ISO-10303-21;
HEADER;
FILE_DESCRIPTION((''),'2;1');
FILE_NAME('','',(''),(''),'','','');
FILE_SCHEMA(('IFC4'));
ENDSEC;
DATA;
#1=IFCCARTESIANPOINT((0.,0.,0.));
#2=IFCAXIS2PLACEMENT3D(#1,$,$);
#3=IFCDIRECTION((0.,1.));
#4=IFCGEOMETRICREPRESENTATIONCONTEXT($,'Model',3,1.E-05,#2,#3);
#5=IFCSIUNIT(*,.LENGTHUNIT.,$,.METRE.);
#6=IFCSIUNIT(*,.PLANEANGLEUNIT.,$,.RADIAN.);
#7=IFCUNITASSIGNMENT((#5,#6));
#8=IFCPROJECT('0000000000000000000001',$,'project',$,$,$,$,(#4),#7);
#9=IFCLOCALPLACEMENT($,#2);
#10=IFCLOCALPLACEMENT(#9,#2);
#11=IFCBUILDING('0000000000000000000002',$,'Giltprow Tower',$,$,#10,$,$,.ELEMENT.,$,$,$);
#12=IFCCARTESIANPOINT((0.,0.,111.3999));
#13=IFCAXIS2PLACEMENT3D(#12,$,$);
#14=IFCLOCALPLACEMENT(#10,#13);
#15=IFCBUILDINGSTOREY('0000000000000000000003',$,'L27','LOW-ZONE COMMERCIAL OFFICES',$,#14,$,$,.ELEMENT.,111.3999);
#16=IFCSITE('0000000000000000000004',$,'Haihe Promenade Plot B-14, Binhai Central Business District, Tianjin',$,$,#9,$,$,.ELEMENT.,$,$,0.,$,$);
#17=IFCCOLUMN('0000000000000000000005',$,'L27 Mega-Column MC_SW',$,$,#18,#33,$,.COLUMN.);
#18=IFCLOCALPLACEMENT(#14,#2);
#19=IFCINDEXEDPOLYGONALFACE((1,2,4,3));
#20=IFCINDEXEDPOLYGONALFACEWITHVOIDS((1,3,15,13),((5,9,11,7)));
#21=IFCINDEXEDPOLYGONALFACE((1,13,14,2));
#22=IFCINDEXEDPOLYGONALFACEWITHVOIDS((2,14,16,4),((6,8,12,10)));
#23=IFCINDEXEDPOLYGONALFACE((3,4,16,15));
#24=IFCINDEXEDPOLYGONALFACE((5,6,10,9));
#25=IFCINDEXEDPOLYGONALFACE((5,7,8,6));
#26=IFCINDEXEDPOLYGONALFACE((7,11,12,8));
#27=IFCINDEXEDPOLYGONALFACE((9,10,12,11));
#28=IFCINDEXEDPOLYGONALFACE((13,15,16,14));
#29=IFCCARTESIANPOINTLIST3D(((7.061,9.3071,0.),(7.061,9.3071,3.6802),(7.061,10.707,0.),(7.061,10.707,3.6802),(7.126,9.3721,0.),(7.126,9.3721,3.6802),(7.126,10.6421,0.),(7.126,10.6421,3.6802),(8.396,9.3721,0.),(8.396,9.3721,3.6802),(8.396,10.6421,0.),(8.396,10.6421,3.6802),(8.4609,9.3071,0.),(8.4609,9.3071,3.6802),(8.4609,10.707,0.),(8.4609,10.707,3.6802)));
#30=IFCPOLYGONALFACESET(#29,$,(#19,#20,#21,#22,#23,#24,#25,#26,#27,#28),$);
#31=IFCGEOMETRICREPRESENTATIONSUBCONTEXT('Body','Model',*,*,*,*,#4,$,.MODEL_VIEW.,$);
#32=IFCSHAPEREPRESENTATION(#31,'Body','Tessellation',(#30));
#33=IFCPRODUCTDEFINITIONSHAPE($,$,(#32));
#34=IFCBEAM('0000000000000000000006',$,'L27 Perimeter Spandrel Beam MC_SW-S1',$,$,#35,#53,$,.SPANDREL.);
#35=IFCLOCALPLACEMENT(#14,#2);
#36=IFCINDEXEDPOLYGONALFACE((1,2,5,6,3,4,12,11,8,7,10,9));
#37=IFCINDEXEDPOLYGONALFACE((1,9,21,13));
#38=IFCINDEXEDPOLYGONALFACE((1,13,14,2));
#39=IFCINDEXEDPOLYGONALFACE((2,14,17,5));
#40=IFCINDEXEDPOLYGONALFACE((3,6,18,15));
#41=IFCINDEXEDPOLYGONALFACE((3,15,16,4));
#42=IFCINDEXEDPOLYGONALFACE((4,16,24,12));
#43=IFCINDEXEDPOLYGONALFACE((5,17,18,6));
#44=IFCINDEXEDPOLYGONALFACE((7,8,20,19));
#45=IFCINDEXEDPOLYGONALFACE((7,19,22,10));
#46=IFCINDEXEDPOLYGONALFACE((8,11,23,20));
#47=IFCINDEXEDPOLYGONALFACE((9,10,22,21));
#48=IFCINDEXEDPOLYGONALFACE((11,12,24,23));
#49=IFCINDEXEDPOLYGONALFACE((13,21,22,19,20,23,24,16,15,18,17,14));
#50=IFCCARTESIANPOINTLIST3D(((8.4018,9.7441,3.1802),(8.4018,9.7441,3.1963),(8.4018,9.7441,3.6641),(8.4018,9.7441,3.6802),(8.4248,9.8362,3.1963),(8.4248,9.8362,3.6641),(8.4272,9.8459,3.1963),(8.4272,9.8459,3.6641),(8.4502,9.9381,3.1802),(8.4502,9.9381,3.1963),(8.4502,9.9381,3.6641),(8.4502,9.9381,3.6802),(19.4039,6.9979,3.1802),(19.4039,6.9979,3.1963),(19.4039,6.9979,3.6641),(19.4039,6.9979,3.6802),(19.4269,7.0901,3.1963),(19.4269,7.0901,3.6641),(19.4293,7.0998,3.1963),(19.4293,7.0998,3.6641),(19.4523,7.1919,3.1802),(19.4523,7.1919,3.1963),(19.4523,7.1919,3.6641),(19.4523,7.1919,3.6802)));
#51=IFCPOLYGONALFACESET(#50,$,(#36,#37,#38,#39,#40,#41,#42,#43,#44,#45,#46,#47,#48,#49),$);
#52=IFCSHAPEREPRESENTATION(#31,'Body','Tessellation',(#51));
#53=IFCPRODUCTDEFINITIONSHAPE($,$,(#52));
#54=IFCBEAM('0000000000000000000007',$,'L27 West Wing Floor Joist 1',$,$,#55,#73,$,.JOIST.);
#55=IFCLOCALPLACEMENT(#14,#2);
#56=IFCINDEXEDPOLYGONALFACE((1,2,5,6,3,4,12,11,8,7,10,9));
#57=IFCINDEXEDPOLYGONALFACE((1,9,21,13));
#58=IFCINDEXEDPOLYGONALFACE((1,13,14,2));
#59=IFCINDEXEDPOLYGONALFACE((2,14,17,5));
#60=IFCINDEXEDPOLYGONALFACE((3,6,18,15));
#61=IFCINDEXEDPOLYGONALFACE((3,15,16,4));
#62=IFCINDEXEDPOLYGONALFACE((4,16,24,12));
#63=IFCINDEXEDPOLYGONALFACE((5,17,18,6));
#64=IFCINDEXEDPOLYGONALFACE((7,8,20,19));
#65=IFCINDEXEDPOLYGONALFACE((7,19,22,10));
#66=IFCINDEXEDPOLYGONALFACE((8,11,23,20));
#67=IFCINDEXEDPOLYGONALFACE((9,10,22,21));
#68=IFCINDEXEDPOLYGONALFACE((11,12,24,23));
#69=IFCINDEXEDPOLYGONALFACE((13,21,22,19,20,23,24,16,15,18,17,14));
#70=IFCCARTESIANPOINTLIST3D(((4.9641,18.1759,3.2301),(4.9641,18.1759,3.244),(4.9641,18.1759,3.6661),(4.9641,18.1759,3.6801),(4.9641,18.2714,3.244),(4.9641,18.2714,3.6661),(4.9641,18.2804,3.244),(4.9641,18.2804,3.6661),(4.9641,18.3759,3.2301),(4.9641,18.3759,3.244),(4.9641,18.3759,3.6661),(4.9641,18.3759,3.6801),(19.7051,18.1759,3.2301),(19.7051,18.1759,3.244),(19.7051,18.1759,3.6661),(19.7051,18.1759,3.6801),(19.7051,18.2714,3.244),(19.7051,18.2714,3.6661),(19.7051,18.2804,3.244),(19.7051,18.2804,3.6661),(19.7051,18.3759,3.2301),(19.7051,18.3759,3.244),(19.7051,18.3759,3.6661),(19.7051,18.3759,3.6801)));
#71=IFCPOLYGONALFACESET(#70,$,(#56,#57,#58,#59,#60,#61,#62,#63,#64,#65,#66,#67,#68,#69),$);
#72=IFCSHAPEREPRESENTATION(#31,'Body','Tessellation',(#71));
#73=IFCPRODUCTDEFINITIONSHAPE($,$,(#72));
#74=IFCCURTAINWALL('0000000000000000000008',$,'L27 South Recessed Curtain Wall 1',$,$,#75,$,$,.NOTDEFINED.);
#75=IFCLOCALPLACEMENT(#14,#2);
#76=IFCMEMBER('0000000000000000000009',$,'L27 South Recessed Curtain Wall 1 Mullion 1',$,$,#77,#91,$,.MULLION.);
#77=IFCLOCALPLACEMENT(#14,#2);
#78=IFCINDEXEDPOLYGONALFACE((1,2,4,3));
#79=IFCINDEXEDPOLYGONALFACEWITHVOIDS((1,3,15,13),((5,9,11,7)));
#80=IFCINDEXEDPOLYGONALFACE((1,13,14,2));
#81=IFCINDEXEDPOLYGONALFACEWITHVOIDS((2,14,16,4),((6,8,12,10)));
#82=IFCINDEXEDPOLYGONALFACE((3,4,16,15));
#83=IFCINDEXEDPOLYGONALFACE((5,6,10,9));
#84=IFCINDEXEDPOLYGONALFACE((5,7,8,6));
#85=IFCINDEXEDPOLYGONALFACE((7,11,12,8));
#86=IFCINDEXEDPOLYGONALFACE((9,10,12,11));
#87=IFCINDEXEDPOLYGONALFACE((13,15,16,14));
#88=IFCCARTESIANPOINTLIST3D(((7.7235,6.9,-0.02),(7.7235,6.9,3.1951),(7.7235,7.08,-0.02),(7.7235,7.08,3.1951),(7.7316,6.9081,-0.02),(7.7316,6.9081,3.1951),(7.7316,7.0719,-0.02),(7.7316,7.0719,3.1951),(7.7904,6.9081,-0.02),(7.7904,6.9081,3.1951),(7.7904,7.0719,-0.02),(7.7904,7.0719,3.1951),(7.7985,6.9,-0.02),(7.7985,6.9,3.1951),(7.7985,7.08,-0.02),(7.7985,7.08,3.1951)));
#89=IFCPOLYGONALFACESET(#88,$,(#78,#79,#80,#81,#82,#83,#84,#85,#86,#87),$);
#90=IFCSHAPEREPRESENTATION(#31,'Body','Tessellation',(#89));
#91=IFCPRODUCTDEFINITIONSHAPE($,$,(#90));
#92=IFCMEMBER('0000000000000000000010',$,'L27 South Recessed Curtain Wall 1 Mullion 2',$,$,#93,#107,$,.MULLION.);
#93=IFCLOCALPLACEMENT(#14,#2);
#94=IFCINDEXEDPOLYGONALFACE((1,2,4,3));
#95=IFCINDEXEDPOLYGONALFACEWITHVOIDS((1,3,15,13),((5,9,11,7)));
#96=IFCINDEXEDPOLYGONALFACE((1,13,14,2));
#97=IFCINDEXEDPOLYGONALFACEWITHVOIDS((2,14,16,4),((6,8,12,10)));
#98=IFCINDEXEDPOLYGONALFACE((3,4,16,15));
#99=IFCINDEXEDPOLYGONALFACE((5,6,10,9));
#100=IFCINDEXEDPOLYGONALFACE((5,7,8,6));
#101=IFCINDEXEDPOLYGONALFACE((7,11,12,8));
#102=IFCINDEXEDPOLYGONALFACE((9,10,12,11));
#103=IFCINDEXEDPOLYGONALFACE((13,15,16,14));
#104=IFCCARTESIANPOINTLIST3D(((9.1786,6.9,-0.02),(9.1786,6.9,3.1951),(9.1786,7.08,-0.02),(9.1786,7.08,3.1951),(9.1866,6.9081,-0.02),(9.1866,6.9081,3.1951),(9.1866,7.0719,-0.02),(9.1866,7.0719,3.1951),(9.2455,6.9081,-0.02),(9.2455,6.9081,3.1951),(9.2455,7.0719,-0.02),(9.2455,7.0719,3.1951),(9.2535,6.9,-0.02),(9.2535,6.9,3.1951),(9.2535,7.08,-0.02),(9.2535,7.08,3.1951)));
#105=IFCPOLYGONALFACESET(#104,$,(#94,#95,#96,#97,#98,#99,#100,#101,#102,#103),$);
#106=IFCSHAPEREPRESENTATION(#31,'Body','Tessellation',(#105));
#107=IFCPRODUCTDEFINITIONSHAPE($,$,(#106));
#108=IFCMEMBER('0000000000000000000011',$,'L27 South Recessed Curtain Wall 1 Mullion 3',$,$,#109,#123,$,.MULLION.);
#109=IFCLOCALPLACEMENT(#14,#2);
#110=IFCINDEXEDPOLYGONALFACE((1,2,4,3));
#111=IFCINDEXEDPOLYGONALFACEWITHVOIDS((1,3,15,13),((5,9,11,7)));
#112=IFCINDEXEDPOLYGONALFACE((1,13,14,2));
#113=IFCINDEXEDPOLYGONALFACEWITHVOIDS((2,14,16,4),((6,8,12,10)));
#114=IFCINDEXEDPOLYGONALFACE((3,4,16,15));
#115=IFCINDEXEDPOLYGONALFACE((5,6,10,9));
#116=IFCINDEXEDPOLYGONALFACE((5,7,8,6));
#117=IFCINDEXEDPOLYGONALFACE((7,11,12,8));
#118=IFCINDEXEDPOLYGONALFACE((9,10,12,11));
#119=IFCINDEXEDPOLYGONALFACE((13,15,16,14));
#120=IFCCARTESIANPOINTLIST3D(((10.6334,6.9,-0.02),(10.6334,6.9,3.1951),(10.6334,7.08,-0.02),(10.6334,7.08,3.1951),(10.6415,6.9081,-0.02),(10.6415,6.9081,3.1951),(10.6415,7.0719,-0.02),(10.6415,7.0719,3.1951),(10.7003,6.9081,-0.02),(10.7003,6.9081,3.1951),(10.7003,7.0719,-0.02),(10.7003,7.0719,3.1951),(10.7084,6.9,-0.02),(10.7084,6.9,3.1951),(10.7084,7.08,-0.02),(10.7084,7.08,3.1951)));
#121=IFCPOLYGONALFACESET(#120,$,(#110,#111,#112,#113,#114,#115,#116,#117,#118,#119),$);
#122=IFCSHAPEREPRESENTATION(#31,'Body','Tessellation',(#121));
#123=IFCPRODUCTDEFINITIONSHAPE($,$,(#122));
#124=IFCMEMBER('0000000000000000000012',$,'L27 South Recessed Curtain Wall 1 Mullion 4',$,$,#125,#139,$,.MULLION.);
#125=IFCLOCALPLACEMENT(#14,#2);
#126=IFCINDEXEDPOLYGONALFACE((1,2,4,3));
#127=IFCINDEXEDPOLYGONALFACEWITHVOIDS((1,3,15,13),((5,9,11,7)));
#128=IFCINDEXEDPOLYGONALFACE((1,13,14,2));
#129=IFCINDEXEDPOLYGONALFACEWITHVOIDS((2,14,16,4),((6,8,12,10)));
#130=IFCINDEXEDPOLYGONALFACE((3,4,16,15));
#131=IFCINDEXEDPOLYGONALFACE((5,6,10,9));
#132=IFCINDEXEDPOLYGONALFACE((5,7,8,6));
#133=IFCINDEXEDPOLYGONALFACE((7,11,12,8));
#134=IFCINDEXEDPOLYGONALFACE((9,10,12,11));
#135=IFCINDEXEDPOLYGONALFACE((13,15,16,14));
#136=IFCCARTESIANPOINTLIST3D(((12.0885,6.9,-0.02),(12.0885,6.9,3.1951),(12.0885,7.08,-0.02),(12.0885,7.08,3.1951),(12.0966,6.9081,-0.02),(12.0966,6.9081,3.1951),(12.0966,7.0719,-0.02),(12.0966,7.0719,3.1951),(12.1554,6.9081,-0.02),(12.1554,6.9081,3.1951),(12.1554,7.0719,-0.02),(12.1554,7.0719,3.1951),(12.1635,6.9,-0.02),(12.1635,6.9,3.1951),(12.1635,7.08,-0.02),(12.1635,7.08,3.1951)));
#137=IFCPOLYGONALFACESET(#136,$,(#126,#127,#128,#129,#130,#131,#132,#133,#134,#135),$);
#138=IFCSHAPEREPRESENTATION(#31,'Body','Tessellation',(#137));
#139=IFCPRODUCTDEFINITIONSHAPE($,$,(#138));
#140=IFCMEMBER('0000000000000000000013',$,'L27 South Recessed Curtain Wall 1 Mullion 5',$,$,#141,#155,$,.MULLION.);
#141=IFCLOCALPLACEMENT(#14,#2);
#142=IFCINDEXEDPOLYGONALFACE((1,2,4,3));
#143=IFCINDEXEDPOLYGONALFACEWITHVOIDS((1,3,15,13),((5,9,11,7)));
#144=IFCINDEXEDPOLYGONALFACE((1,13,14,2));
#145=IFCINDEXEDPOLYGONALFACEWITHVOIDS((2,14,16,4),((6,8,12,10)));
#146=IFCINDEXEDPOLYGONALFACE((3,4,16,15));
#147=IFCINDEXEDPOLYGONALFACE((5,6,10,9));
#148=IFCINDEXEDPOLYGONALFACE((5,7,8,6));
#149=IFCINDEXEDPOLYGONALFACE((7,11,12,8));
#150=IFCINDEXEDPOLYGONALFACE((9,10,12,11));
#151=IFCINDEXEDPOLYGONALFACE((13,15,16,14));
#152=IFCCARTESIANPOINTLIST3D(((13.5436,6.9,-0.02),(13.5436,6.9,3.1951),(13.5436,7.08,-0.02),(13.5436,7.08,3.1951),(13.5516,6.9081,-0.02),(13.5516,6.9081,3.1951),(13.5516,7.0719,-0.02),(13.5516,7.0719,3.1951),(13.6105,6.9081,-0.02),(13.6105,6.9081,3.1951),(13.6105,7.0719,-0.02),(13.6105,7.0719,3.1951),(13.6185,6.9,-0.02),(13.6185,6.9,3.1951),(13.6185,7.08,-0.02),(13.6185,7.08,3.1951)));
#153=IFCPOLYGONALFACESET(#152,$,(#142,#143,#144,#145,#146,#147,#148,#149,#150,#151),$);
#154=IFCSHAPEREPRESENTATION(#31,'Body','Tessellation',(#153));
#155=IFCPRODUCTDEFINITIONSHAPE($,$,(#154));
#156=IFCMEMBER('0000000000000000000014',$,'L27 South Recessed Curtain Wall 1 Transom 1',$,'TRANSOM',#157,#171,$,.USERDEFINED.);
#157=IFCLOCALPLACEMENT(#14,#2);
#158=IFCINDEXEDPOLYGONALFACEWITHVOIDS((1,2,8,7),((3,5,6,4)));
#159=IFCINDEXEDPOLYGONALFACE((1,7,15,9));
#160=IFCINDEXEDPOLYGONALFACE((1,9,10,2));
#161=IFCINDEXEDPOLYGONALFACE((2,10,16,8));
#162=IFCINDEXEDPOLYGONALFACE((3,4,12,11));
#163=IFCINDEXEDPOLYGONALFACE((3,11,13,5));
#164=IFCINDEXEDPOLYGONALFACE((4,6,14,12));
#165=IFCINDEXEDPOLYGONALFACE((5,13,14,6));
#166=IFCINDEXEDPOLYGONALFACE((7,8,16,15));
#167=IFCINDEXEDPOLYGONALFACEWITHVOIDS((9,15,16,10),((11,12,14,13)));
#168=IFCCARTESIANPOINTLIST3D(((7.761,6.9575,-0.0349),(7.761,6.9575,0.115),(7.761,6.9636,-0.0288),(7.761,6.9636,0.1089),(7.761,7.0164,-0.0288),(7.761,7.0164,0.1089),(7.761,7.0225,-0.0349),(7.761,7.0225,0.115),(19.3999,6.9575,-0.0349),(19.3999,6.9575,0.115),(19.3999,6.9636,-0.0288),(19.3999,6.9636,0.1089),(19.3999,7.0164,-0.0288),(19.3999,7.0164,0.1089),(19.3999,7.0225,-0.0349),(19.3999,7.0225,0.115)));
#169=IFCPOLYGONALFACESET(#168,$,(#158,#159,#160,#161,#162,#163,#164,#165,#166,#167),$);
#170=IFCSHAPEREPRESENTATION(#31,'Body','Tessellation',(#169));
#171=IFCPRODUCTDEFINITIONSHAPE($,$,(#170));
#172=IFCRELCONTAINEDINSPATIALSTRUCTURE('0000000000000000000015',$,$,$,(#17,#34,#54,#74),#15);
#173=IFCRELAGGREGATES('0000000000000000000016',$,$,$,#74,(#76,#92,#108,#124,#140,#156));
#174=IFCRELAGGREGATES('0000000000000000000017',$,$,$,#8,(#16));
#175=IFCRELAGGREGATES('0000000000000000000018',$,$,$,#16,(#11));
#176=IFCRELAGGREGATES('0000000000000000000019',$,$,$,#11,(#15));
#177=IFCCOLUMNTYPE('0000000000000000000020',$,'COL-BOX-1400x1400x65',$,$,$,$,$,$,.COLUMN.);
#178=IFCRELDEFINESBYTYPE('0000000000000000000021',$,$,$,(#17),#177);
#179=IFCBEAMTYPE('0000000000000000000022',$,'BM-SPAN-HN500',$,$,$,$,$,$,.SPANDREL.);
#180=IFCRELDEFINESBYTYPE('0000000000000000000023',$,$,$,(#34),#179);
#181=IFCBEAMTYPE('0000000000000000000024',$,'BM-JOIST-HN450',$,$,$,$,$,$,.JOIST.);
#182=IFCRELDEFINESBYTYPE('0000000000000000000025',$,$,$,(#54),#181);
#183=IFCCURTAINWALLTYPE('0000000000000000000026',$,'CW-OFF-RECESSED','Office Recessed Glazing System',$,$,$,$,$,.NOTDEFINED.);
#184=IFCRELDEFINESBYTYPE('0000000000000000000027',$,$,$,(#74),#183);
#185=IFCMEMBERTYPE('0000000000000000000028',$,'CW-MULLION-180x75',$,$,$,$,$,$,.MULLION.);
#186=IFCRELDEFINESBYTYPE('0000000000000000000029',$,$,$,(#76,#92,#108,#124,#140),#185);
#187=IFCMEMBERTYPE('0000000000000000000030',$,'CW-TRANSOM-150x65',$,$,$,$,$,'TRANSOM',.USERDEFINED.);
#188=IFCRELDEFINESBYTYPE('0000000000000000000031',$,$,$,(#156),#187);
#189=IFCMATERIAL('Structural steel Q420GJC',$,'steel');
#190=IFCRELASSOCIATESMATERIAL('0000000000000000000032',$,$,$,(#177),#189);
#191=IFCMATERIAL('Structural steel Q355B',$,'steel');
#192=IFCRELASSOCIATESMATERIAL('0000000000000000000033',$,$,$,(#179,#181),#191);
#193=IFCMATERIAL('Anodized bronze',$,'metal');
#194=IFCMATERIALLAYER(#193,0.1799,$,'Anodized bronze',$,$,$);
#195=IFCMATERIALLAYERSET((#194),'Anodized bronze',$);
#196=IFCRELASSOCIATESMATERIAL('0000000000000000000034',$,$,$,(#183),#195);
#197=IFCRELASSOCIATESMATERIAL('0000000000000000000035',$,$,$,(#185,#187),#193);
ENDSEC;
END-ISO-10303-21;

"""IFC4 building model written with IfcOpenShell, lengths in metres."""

from ifc_helpers import new_model, si_unit, direction, frame, origin, origin_2d, place, context, subcontext, project, spatial, hollow_rectangle, i_section, extrude, source, transform, mapped, material, layer, layer_set, material_profile, profile_set, type_object, element, aggregate, save


model = new_model("IFC4")

# Units and contexts
model_context = context("Model", 3, precision=1e-05, world=origin(), true_north=direction((0.0, 1.0)))
body_context = subcontext(model_context, "Body", "Model", "MODEL_VIEW")
ifc_project = project(units=[si_unit("LENGTHUNIT", "METRE"), si_unit("PLANEANGLEUNIT", "RADIAN")], contexts=[model_context])

# Site, building, storey
site_placement = place(None, origin())
site = spatial("IfcSite", under=ifc_project, at=site_placement, Name="Haihe Promenade Plot B-14, Binhai Central Business District, Tianjin", CompositionType="ELEMENT", RefElevation=0.0)
building_placement = place(site_placement, origin())
building = spatial("IfcBuilding", under=site, at=building_placement, Name="Giltprow Tower", CompositionType="ELEMENT")
storey_placement = place(building_placement, frame((0.0, 0.0, 111.3999)))
storey = spatial("IfcBuildingStorey", under=building, at=storey_placement, Name="L27", Description="LOW-ZONE COMMERCIAL OFFICES", CompositionType="ELEMENT", Elevation=111.3999)

# Column
ifc_material_1 = material(Name="Structural steel Q420GJC", Category="steel")
ifc_material_profile_1 = material_profile(ifc_material_1, hollow_rectangle(XDim=1.3999, YDim=1.3999, WallThickness=0.0649, at=origin_2d()), Name="BOX 1400x1400x65")
ifc_profile_set_1 = profile_set([ifc_material_profile_1], Name="Structural steel Q420GJC")
column_type = type_object("IfcColumnType", Name="COL-BOX-1400x1400x65", PredefinedType="COLUMN", material=ifc_profile_set_1)
shared_shape_1 = source(origin(), body_context, "Body", "SweptSolid", [
    extrude(hollow_rectangle(XDim=1.3999, YDim=1.3999, WallThickness=0.0649, at=origin_2d()), origin(), (0.0, 0.0, 1.0), 3.6802),
])
column_placement = place(storey_placement, frame((7.761, 10.0071, 0.0), z_axis=(0.0, 0.0, 1.0), x_axis=(1.0, 0.0, 0.0)))
element("IfcColumn", 1, at=column_placement, inside=storey, type_object=column_type, Name="L27 Mega-Column MC_SW", PredefinedType="COLUMN", context=body_context, shape_type="MappedRepresentation", body=[
    mapped(shared_shape_1, transform((0.0, 0.0, 0.0), x_axis=(1.0, 0.0, 0.0), y_axis=(0.0, 1.0, 0.0), z_axis=(0.0, 0.0, 1.0), scale=1.0)),
])

# Beams
ifc_material_2 = material(Name="Structural steel Q355B", Category="steel")
ifc_material_profile_2 = material_profile(ifc_material_2, i_section(OverallWidth=0.2, OverallDepth=0.5, WebThickness=0.01, FlangeThickness=0.0161, at=origin_2d()), Name="HN 500x200x10x16")
ifc_profile_set_2 = profile_set([ifc_material_profile_2], Name="Structural steel Q355B")
beam_type_1 = type_object("IfcBeamType", Name="BM-SPAN-HN500", PredefinedType="SPANDREL", material=ifc_profile_set_2)
shared_shape_2 = source(origin(), body_context, "Body", "SweptSolid", [
    extrude(i_section(OverallWidth=0.2, OverallDepth=0.5, WebThickness=0.01, FlangeThickness=0.0161, at=origin_2d()), origin(), (0.0, 0.0, 1.0), 11.3396),
])
beam_1_placement = place(storey_placement, frame((8.426, 9.8411, 3.4302), z_axis=(0.970234, -0.242171, 0.0), x_axis=(0.242171, 0.970234, 0.0)))
element("IfcBeam", 2, at=beam_1_placement, inside=storey, type_object=beam_type_1, Name="L27 Perimeter Spandrel Beam MC_SW-S1", PredefinedType="SPANDREL", context=body_context, shape_type="MappedRepresentation", body=[
    mapped(shared_shape_2, transform((0.0, 0.0, 0.0), x_axis=(1.0, 0.0, 0.0), y_axis=(0.0, 1.0, 0.0), z_axis=(0.0, 0.0, 1.0), scale=1.0)),
])
ifc_material_profile_3 = material_profile(ifc_material_2, i_section(OverallWidth=0.2, OverallDepth=0.45, WebThickness=0.009, FlangeThickness=0.0139, at=origin_2d()), Name="HN 450x200x9x14")
ifc_profile_set_3 = profile_set([ifc_material_profile_3], Name="Structural steel Q355B")
beam_type_2 = type_object("IfcBeamType", Name="BM-JOIST-HN450", PredefinedType="JOIST", material=ifc_profile_set_3)
shared_shape_3 = source(origin(), body_context, "Body", "SweptSolid", [
    extrude(i_section(OverallWidth=0.2, OverallDepth=0.45, WebThickness=0.009, FlangeThickness=0.0139, at=origin_2d()), origin(), (0.0, 0.0, 1.0), 14.741),
])
beam_2_placement = place(storey_placement, frame((4.9641, 18.2759, 3.4551), z_axis=(1.0, 0.0, 0.0), x_axis=(0.0, 1.0, 0.0)))
element("IfcBeam", 3, at=beam_2_placement, inside=storey, type_object=beam_type_2, Name="L27 West Wing Floor Joist 1", PredefinedType="JOIST", context=body_context, shape_type="MappedRepresentation", body=[
    mapped(shared_shape_3, transform((0.0, 0.0, 0.0), x_axis=(1.0, 0.0, 0.0), y_axis=(0.0, 1.0, 0.0), z_axis=(0.0, 0.0, 1.0), scale=1.0)),
])

# Curtain wall, members
ifc_material_3 = material(Name="Anodized bronze", Category="metal")
ifc_layer_1 = layer(ifc_material_3, 0.1799, Name="Anodized bronze")
ifc_layer_set_1 = layer_set([ifc_layer_1], Name="Anodized bronze")
curtain_wall_type = type_object("IfcCurtainWallType", Name="CW-OFF-RECESSED", Description="Office Recessed Glazing System", PredefinedType="NOTDEFINED", material=ifc_layer_set_1)
curtain_wall_placement = place(storey_placement, origin())
curtain_wall = element("IfcCurtainWall", 4, at=curtain_wall_placement, inside=storey, type_object=curtain_wall_type, Name="L27 South Recessed Curtain Wall 1", PredefinedType="NOTDEFINED")
ifc_material_profile_4 = material_profile(ifc_material_3, hollow_rectangle(XDim=0.075, YDim=0.1799, WallThickness=0.0081, at=origin_2d()), Name="RHS 180x75x8")
ifc_profile_set_4 = profile_set([ifc_material_profile_4], Name="Anodized bronze")
member_type_1 = type_object("IfcMemberType", Name="CW-MULLION-180x75", PredefinedType="MULLION", material=ifc_profile_set_4)
shared_shape_4 = source(origin(), body_context, "Body", "SweptSolid", [
    extrude(hollow_rectangle(XDim=0.075, YDim=0.1799, WallThickness=0.0081, at=origin_2d()), origin(), (0.0, 0.0, 1.0), 3.2151),
])
member_1_placement = place(storey_placement, frame((7.761, 6.99, -0.02), z_axis=(0.0, 0.0, 1.0), x_axis=(1.0, 0.0, 0.0)))
member_1 = element("IfcMember", 5, at=member_1_placement, type_object=member_type_1, Name="L27 South Recessed Curtain Wall 1 Mullion 1", PredefinedType="MULLION", context=body_context, shape_type="MappedRepresentation", body=[
    mapped(shared_shape_4, transform((0.0, 0.0, 0.0), x_axis=(1.0, 0.0, 0.0), y_axis=(0.0, 1.0, 0.0), z_axis=(0.0, 0.0, 1.0), scale=1.0)),
])
member_2_placement = place(storey_placement, frame((9.2161, 6.99, -0.02), z_axis=(0.0, 0.0, 1.0), x_axis=(1.0, 0.0, 0.0)))
member_2 = element("IfcMember", 6, at=member_2_placement, type_object=member_type_1, Name="L27 South Recessed Curtain Wall 1 Mullion 2", PredefinedType="MULLION", context=body_context, shape_type="MappedRepresentation", body=[
    mapped(shared_shape_4, transform((0.0, 0.0, 0.0), x_axis=(1.0, 0.0, 0.0), y_axis=(0.0, 1.0, 0.0), z_axis=(0.0, 0.0, 1.0), scale=1.0)),
])
member_3_placement = place(storey_placement, frame((10.6709, 6.99, -0.02), z_axis=(0.0, 0.0, 1.0), x_axis=(1.0, 0.0, 0.0)))
member_3 = element("IfcMember", 7, at=member_3_placement, type_object=member_type_1, Name="L27 South Recessed Curtain Wall 1 Mullion 3", PredefinedType="MULLION", context=body_context, shape_type="MappedRepresentation", body=[
    mapped(shared_shape_4, transform((0.0, 0.0, 0.0), x_axis=(1.0, 0.0, 0.0), y_axis=(0.0, 1.0, 0.0), z_axis=(0.0, 0.0, 1.0), scale=1.0)),
])
member_4_placement = place(storey_placement, frame((12.126, 6.99, -0.02), z_axis=(0.0, 0.0, 1.0), x_axis=(1.0, 0.0, 0.0)))
member_4 = element("IfcMember", 8, at=member_4_placement, type_object=member_type_1, Name="L27 South Recessed Curtain Wall 1 Mullion 4", PredefinedType="MULLION", context=body_context, shape_type="MappedRepresentation", body=[
    mapped(shared_shape_4, transform((0.0, 0.0, 0.0), x_axis=(1.0, 0.0, 0.0), y_axis=(0.0, 1.0, 0.0), z_axis=(0.0, 0.0, 1.0), scale=1.0)),
])
member_5_placement = place(storey_placement, frame((13.5811, 6.99, -0.02), z_axis=(0.0, 0.0, 1.0), x_axis=(1.0, 0.0, 0.0)))
member_5 = element("IfcMember", 9, at=member_5_placement, type_object=member_type_1, Name="L27 South Recessed Curtain Wall 1 Mullion 5", PredefinedType="MULLION", context=body_context, shape_type="MappedRepresentation", body=[
    mapped(shared_shape_4, transform((0.0, 0.0, 0.0), x_axis=(1.0, 0.0, 0.0), y_axis=(0.0, 1.0, 0.0), z_axis=(0.0, 0.0, 1.0), scale=1.0)),
])
ifc_material_profile_5 = material_profile(ifc_material_3, hollow_rectangle(XDim=0.0649, YDim=0.1499, WallThickness=0.0061, at=origin_2d()), Name="RHS 150x65x6")
ifc_profile_set_5 = profile_set([ifc_material_profile_5], Name="Anodized bronze")
member_type_2 = type_object("IfcMemberType", Name="CW-TRANSOM-150x65", ElementType="TRANSOM", PredefinedType="USERDEFINED", material=ifc_profile_set_5)
shared_shape_5 = source(origin(), body_context, "Body", "SweptSolid", [
    extrude(hollow_rectangle(XDim=0.0649, YDim=0.1499, WallThickness=0.0061, at=origin_2d()), origin(), (0.0, 0.0, 1.0), 11.6389),
])
member_6_placement = place(storey_placement, frame((7.761, 6.99, 0.04), z_axis=(1.0, 0.0, 0.0), x_axis=(0.0, 1.0, 0.0)))
member_6 = element("IfcMember", 10, at=member_6_placement, type_object=member_type_2, Name="L27 South Recessed Curtain Wall 1 Transom 1", ObjectType="TRANSOM", PredefinedType="USERDEFINED", context=body_context, shape_type="MappedRepresentation", body=[
    mapped(shared_shape_5, transform((0.0, 0.0, 0.0), x_axis=(1.0, 0.0, 0.0), y_axis=(0.0, 1.0, 0.0), z_axis=(0.0, 0.0, 1.0), scale=1.0)),
])

aggregate(curtain_wall, [member_1, member_2, member_3, member_4, member_5, member_6])

save(model, "model.ifc")
